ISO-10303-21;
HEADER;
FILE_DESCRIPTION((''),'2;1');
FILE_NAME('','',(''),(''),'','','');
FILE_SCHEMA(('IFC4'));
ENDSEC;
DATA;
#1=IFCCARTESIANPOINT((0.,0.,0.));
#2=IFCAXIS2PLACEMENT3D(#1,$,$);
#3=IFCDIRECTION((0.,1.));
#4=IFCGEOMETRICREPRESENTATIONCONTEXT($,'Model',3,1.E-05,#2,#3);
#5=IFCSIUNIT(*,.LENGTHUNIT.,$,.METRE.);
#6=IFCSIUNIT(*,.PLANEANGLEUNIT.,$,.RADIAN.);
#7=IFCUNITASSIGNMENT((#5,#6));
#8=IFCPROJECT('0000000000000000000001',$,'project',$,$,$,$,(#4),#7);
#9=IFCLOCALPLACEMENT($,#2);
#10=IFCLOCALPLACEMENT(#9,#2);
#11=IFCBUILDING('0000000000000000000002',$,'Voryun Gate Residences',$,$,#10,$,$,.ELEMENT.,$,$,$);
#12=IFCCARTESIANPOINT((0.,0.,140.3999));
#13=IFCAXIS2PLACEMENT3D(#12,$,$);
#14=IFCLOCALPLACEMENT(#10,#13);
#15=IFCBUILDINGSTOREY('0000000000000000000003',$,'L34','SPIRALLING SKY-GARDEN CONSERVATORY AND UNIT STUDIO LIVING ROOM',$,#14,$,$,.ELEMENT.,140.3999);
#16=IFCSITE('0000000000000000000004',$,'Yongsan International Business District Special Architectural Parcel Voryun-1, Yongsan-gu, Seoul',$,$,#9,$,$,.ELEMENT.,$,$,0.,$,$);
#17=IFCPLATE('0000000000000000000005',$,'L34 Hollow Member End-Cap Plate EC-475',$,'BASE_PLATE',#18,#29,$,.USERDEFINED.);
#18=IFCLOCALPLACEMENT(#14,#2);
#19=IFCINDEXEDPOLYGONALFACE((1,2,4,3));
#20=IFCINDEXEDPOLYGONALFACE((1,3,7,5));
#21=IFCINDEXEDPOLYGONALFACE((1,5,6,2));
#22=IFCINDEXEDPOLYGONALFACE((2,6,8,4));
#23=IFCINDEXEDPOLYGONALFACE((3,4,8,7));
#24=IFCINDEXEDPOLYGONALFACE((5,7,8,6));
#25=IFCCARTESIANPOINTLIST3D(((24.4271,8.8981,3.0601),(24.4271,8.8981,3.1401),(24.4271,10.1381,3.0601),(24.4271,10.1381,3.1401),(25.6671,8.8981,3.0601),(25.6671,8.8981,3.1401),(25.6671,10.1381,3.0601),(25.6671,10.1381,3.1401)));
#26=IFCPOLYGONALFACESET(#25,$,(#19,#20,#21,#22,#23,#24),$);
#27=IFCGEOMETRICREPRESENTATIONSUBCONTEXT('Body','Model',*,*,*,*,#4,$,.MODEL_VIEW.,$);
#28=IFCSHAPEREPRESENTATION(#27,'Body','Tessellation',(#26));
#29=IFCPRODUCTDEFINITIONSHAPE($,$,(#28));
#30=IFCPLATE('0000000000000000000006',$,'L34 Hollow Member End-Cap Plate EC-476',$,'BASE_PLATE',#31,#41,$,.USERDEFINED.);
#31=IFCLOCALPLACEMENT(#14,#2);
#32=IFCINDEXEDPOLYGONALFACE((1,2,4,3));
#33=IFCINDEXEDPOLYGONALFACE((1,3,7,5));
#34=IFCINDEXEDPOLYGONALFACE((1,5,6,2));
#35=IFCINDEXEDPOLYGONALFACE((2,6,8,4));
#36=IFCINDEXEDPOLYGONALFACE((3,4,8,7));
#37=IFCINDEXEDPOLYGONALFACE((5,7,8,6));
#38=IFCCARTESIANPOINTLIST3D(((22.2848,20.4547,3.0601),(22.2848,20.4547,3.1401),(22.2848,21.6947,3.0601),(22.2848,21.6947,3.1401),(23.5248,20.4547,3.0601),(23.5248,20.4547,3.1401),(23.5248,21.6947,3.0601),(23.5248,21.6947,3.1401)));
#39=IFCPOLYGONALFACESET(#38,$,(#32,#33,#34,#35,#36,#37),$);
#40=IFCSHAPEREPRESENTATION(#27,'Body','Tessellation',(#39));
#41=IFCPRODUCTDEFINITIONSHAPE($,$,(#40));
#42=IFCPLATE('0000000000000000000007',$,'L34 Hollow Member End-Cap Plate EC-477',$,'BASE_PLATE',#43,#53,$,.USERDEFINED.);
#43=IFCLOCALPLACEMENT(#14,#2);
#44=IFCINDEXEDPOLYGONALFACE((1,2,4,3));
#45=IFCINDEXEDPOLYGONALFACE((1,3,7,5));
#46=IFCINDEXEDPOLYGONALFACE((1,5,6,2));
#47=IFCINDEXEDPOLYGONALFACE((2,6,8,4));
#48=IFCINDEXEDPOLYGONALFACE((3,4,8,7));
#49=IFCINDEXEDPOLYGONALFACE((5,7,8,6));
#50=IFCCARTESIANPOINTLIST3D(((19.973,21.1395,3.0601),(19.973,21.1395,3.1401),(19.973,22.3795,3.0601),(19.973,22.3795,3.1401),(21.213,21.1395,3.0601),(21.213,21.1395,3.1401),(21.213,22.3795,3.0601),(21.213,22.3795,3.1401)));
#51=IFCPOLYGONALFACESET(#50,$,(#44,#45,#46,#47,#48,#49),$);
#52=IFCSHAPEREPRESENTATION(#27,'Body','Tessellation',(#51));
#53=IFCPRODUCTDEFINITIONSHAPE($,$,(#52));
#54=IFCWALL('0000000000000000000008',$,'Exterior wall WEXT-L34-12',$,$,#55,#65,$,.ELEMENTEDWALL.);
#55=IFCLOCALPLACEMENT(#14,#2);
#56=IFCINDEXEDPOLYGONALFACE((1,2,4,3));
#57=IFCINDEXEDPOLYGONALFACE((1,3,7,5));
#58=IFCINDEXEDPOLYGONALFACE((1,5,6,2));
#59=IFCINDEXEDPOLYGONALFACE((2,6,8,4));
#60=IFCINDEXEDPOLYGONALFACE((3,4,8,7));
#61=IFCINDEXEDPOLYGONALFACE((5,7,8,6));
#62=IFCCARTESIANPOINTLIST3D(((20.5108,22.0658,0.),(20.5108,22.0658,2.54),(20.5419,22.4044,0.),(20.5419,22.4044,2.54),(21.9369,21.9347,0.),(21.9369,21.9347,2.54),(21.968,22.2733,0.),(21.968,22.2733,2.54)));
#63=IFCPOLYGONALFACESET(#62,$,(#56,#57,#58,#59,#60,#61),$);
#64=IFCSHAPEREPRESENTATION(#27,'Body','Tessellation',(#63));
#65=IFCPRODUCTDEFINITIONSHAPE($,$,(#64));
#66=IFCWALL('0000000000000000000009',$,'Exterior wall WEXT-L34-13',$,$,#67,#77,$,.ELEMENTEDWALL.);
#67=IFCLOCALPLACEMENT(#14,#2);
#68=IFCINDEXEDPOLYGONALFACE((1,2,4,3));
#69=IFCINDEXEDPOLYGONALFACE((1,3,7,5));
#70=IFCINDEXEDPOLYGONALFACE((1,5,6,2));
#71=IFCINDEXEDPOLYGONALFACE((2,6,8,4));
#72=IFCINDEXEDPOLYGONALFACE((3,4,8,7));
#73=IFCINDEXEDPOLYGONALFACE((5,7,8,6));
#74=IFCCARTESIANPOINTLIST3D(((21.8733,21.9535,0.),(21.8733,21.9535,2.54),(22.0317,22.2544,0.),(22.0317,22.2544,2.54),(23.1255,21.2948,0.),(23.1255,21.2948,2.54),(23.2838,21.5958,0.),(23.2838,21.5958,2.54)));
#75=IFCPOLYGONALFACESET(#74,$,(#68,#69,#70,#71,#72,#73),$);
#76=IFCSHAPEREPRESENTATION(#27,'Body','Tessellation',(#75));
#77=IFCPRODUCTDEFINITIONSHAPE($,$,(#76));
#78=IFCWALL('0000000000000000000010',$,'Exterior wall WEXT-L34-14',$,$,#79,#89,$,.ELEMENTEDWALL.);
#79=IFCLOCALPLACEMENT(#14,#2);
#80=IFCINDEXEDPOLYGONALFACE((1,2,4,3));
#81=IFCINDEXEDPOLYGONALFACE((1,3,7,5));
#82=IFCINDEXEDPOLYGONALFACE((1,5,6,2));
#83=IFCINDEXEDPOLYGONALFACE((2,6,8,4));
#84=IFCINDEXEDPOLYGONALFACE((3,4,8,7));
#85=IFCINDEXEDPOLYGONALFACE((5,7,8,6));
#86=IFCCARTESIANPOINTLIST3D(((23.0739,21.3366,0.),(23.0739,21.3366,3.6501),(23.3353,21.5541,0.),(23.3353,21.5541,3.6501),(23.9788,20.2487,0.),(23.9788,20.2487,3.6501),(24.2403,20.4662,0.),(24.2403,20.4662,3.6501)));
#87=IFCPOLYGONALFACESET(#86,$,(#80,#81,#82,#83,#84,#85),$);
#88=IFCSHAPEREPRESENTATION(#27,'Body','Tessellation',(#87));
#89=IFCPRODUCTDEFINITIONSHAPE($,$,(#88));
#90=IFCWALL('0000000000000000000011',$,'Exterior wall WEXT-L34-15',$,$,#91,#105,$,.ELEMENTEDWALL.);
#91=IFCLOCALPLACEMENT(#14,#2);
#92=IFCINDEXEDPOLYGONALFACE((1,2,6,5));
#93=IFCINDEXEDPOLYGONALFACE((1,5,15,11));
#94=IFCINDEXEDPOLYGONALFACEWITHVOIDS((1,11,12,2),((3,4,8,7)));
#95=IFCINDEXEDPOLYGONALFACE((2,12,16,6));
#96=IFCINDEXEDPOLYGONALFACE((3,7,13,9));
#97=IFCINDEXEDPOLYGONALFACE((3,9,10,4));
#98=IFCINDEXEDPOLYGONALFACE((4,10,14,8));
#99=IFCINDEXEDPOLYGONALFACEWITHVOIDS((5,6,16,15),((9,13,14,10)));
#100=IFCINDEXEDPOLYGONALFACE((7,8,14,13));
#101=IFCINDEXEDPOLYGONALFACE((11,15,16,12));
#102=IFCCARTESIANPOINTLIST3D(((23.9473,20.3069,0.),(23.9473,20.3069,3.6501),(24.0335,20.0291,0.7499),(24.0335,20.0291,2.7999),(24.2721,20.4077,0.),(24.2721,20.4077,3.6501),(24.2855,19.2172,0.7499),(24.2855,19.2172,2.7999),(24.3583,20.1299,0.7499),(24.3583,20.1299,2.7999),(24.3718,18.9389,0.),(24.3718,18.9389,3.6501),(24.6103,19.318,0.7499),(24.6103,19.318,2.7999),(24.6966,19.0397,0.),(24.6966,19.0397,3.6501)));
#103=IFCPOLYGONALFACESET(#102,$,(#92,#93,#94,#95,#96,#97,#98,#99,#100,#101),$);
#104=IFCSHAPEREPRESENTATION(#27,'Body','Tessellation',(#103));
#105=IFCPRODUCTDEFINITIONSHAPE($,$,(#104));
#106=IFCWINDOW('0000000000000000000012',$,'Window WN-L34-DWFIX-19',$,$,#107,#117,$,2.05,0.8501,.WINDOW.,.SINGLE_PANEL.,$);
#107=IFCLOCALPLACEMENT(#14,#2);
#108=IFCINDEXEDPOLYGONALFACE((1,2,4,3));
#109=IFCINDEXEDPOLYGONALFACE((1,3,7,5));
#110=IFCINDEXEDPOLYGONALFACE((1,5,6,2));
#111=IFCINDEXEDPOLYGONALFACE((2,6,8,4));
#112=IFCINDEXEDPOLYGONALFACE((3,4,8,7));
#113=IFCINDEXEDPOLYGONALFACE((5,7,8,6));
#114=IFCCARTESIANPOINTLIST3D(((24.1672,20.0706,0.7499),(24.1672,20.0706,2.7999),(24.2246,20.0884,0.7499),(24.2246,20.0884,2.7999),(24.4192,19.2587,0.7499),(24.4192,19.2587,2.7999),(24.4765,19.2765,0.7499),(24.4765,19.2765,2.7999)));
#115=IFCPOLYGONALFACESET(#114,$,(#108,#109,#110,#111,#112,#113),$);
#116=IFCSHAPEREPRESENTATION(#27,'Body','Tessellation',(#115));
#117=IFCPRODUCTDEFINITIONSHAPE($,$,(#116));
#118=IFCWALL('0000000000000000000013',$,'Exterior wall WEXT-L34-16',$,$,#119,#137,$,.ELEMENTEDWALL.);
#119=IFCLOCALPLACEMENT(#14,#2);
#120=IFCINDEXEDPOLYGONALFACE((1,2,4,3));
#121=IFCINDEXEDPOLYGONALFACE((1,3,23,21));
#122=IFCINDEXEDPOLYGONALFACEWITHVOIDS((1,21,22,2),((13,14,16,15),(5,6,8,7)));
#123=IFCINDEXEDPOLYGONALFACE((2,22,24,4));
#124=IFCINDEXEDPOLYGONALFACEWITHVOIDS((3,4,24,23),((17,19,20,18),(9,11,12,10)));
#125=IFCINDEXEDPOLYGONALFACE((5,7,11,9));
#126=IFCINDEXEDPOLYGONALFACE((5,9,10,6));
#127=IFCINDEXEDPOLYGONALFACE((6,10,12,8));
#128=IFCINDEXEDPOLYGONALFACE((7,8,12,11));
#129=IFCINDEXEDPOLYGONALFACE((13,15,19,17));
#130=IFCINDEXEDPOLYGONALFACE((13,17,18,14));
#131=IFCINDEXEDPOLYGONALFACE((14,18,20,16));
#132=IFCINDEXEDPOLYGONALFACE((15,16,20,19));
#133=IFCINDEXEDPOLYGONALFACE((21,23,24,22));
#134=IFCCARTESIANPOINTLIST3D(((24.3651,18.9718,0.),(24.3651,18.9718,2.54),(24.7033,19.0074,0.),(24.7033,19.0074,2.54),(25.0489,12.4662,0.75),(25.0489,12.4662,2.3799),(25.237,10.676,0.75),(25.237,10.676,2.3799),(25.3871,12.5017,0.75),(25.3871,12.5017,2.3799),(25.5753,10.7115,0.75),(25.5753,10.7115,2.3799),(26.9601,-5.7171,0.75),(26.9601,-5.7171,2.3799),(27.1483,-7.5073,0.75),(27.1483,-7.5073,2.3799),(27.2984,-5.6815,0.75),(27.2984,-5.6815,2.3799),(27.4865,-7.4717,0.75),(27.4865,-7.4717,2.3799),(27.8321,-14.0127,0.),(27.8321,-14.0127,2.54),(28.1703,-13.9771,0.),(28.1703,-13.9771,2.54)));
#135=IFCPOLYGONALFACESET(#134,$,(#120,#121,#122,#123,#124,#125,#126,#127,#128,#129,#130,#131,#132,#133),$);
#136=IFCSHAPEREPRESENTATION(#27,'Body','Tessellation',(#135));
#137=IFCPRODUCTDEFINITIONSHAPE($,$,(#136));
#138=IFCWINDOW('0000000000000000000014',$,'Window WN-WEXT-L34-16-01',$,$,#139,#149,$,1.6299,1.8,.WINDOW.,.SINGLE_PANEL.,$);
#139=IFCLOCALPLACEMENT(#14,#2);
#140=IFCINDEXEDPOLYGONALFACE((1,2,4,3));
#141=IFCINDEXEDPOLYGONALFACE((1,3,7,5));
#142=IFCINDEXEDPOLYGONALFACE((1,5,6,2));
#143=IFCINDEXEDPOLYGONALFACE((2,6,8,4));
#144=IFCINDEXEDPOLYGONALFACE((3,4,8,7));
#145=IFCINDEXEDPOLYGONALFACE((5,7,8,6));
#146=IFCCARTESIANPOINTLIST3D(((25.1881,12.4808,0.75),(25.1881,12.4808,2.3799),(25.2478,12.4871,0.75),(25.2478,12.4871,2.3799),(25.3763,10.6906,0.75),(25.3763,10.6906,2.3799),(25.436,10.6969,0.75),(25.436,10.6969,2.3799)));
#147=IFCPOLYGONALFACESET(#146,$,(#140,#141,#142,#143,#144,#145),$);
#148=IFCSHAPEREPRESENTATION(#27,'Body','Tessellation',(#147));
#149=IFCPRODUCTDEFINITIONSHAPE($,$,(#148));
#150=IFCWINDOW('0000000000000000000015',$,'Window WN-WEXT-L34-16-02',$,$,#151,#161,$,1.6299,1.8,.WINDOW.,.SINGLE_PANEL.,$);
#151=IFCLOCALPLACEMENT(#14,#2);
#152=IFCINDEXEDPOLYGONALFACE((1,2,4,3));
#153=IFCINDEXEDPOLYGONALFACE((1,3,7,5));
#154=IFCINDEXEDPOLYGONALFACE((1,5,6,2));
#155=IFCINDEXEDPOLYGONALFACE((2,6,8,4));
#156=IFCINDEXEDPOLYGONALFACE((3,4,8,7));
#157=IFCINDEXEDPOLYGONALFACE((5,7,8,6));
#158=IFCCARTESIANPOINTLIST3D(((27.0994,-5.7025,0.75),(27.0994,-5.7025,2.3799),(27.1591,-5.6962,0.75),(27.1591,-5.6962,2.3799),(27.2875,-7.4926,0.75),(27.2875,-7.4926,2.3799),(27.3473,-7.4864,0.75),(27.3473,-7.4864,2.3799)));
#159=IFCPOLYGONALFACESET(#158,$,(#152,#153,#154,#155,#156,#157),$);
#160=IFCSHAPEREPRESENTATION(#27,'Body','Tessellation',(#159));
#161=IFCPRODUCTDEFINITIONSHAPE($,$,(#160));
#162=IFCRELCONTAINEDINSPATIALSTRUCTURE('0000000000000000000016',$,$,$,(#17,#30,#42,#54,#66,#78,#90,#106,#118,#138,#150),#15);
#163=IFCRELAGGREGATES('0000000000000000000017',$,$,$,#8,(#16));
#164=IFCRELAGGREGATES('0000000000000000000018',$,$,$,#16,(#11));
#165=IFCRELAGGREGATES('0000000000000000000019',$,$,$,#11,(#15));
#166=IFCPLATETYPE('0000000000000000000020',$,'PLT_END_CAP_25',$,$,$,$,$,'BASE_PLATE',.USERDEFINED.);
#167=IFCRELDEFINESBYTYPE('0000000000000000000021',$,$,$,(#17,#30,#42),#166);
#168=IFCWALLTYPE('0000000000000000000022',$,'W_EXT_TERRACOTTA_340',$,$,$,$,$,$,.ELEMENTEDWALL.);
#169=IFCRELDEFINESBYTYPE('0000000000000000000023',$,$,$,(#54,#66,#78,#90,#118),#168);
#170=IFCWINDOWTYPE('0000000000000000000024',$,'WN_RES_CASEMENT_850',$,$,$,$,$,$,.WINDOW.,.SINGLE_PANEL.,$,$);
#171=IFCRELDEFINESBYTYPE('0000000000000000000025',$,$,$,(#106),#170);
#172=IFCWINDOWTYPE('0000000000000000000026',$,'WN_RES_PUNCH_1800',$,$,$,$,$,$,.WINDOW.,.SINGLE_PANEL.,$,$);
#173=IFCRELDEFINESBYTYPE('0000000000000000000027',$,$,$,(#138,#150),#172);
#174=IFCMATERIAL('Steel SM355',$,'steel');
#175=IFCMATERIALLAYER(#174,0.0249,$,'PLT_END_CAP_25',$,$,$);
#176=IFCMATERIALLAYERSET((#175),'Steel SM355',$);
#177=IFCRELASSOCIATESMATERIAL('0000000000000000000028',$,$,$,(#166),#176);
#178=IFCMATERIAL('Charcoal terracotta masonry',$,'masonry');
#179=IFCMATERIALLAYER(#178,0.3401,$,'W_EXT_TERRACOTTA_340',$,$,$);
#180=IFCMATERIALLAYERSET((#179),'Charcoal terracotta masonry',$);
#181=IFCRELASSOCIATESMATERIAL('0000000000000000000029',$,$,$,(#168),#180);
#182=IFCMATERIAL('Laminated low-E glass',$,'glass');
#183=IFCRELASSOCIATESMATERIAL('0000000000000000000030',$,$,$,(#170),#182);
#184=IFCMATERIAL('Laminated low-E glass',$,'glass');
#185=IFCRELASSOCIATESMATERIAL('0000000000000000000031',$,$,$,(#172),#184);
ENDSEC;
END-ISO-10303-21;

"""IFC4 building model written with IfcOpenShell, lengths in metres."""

from ifc_helpers import new_model, si_unit, direction, frame, frame_2d, origin, origin_2d, place, context, subcontext, project, spatial, rectangle, extrude, material, layer, layer_set, type_object, element, fill, save


model = new_model("IFC4")

# Units and contexts
model_context = context("Model", 3, precision=1e-05, world=origin(), true_north=direction((0.0, 1.0)))
body_context = subcontext(model_context, "Body", "Model", "MODEL_VIEW")
ifc_project = project(units=[si_unit("LENGTHUNIT", "METRE"), si_unit("PLANEANGLEUNIT", "RADIAN")], contexts=[model_context])

# Site, building, storey
site_placement = place(None, origin())
site = spatial("IfcSite", under=ifc_project, at=site_placement, Name="Yongsan International Business District Special Architectural Parcel Voryun-1, Yongsan-gu, Seoul", CompositionType="ELEMENT", RefElevation=0.0)
building_placement = place(site_placement, origin())
building = spatial("IfcBuilding", under=site, at=building_placement, Name="Voryun Gate Residences", CompositionType="ELEMENT")
storey_placement = place(building_placement, frame((0.0, 0.0, 140.3999)))
storey = spatial("IfcBuildingStorey", under=building, at=storey_placement, Name="L34", Description="SPIRALLING SKY-GARDEN CONSERVATORY AND UNIT STUDIO LIVING ROOM", CompositionType="ELEMENT", Elevation=140.3999)

# Plates
ifc_material_1 = material(Name="Steel SM355", Category="steel")
ifc_layer_1 = layer(ifc_material_1, 0.0249, Name="PLT_END_CAP_25")
ifc_layer_set_1 = layer_set([ifc_layer_1], Name="Steel SM355")
plate_type = type_object("IfcPlateType", Name="PLT_END_CAP_25", ElementType="BASE_PLATE", PredefinedType="USERDEFINED", material=ifc_layer_set_1)
for number, where, z_axis, x_axis, name in (
    (1, (25.0471, 9.5181, 3.0601), (0.0, 0.0, 1.0), (1.0, 0.0, 0.0), "L34 Hollow Member End-Cap Plate EC-475"),
    (2, (22.9048, 21.0747, 3.0601), (0.0, 0.0, 1.0), (1.0, 0.0, 0.0), "L34 Hollow Member End-Cap Plate EC-476"),
    (3, (20.593, 21.7595, 3.0601), (0.0, 0.0, 1.0), (1.0, 0.0, 0.0), "L34 Hollow Member End-Cap Plate EC-477"),
):
    element("IfcPlate", number, at=place(storey_placement, frame(where, z_axis=z_axis, x_axis=x_axis)), inside=storey, type_object=plate_type, Name=name, ObjectType="BASE_PLATE", PredefinedType="USERDEFINED", context=body_context, shape_type="SweptSolid", body=[
        extrude(rectangle(XDim=1.24, YDim=1.24, at=origin_2d()), origin(), (0.0, 0.0, 1.0), 0.0801),
    ])

# Walls
ifc_material_2 = material(Name="Charcoal terracotta masonry", Category="masonry")
ifc_layer_2 = layer(ifc_material_2, 0.3401, Name="W_EXT_TERRACOTTA_340")
ifc_layer_set_2 = layer_set([ifc_layer_2], Name="Charcoal terracotta masonry")
wall_type_1 = type_object("IfcWallType", Name="W_EXT_TERRACOTTA_340", PredefinedType="ELEMENTEDWALL", material=ifc_layer_set_2)
wall_1_placement = place(storey_placement, frame((20.5264, 22.2351, 0.0), z_axis=(0.0, 0.0, 1.0), x_axis=(0.9958, -0.09155, 0.0)))
element("IfcWall", 4, at=wall_1_placement, inside=storey, type_object=wall_type_1, Name="Exterior wall WEXT-L34-12", PredefinedType="ELEMENTEDWALL", context=body_context, shape_type="SweptSolid", body=[
    extrude(rectangle(XDim=1.4321, YDim=0.3401, at=frame_2d((0.7161, 0.0))), origin(), (0.0, 0.0, 1.0), 2.54),
])
wall_2_placement = place(storey_placement, frame((21.9524, 22.104, 0.0), z_axis=(0.0, 0.0, 1.0), x_axis=(0.885023, -0.465547, 0.0)))
element("IfcWall", 5, at=wall_2_placement, inside=storey, type_object=wall_type_1, Name="Exterior wall WEXT-L34-13", PredefinedType="ELEMENTEDWALL", context=body_context, shape_type="SweptSolid", body=[
    extrude(rectangle(XDim=1.4148, YDim=0.3401, at=frame_2d((0.7075, 0.0))), origin(), (0.0, 0.0, 1.0), 2.54),
])
wall_3_placement = place(storey_placement, frame((23.2046, 21.4453, 0.0), z_axis=(0.0, 0.0, 1.0), x_axis=(0.639539, -0.768758, 0.0)))
element("IfcWall", 6, at=wall_3_placement, inside=storey, type_object=wall_type_1, Name="Exterior wall WEXT-L34-14", PredefinedType="ELEMENTEDWALL", context=body_context, shape_type="SweptSolid", body=[
    extrude(rectangle(XDim=1.415, YDim=0.3401, at=frame_2d((0.7075, 0.0))), origin(), (0.0, 0.0, 1.0), 3.6501),
])

# Wall, opening, window
wall_4_placement = place(storey_placement, frame((24.1096, 20.3574, 0.0), z_axis=(0.0, 0.0, 1.0), x_axis=(0.296421, -0.955057, 0.0)))
wall_4 = element("IfcWall", 7, at=wall_4_placement, inside=storey, type_object=wall_type_1, Name="Exterior wall WEXT-L34-15", PredefinedType="ELEMENTEDWALL", context=body_context, shape_type="SweptSolid", body=[
    extrude(rectangle(XDim=1.4324, YDim=0.3401, at=frame_2d((0.7163, 0.0))), origin(), (0.0, 0.0, 1.0), 3.6501),
])
opening_1_placement = place(wall_4_placement, frame((0.291, 0.0, 0.75)))
opening_1 = element("IfcOpeningElement", 8, at=opening_1_placement, cuts=wall_4, PredefinedType="OPENING", context=body_context, shape_type="SweptSolid", body=[
    extrude(rectangle(XDim=0.8501, YDim=2.05, at=frame_2d((0.425, 1.0249))), frame((0.0, 0.1799, 0.0), z_axis=(0.0, -1.0, 0.0), x_axis=(1.0, 0.0, 0.0)), (0.0, 0.0, 1.0), 0.3601),
])
ifc_material_3 = material(Name="Laminated low-E glass", Category="glass")
window_type_1 = type_object("IfcWindowType", Name="WN_RES_CASEMENT_850", PartitioningType="SINGLE_PANEL", PredefinedType="WINDOW", material=ifc_material_3)
window_1_placement = place(opening_1_placement, origin())
window_1 = element("IfcWindow", 9, at=window_1_placement, inside=storey, type_object=window_type_1, Name="Window WN-L34-DWFIX-19", OverallHeight=2.05, OverallWidth=0.8501, PartitioningType="SINGLE_PANEL", PredefinedType="WINDOW", context=body_context, shape_type="SweptSolid", body=[
    extrude(rectangle(XDim=0.8501, YDim=2.05, at=frame_2d((0.425, 1.0249))), frame((0.0, 0.03, 0.0), z_axis=(0.0, -1.0, 0.0), x_axis=(1.0, 0.0, 0.0)), (0.0, 0.0, 1.0), 0.0601),
])
fill(opening_1, window_1)

# Wall, openings, windows
wall_5_placement = place(storey_placement, frame((24.5342, 18.9895, 0.0), z_axis=(0.0, 0.0, 1.0), x_axis=(0.104535, -0.994521, 0.0)))
wall_5 = element("IfcWall", 10, at=wall_5_placement, inside=storey, type_object=wall_type_1, Name="Exterior wall WEXT-L34-16", PredefinedType="ELEMENTEDWALL", context=body_context, shape_type="SweptSolid", body=[
    extrude(rectangle(XDim=33.1663, YDim=0.3401, at=frame_2d((16.583, 0.0))), origin(), (0.0, 0.0, 1.0), 2.54),
])
opening_2_placement = place(wall_5_placement, frame((6.5415, 0.0, 0.75)))
opening_2 = element("IfcOpeningElement", 11, at=opening_2_placement, cuts=wall_5, PredefinedType="OPENING", context=body_context, shape_type="SweptSolid", body=[
    extrude(rectangle(XDim=1.8, YDim=1.6299, at=frame_2d((0.8999, 0.8149))), frame((0.0, 0.1799, 0.0), z_axis=(0.0, -1.0, 0.0), x_axis=(1.0, 0.0, 0.0)), (0.0, 0.0, 1.0), 0.3601),
])
opening_3_placement = place(wall_5_placement, frame((24.825, 0.0, 0.75)))
opening_3 = element("IfcOpeningElement", 12, at=opening_3_placement, cuts=wall_5, PredefinedType="OPENING", context=body_context, shape_type="SweptSolid", body=[
    extrude(rectangle(XDim=1.8, YDim=1.6299, at=frame_2d((0.8999, 0.8149))), frame((0.0, 0.1799, 0.0), z_axis=(0.0, -1.0, 0.0), x_axis=(1.0, 0.0, 0.0)), (0.0, 0.0, 1.0), 0.3601),
])
ifc_material_4 = material(Name="Laminated low-E glass", Category="glass")
window_type_2 = type_object("IfcWindowType", Name="WN_RES_PUNCH_1800", PartitioningType="SINGLE_PANEL", PredefinedType="WINDOW", material=ifc_material_4)
window_2_placement = place(opening_2_placement, origin())
window_2 = element("IfcWindow", 13, at=window_2_placement, inside=storey, type_object=window_type_2, Name="Window WN-WEXT-L34-16-01", OverallHeight=1.6299, OverallWidth=1.8, PartitioningType="SINGLE_PANEL", PredefinedType="WINDOW", context=body_context, shape_type="SweptSolid", body=[
    extrude(rectangle(XDim=1.8, YDim=1.6299, at=frame_2d((0.8999, 0.8149))), frame((0.0, 0.03, 0.0), z_axis=(0.0, -1.0, 0.0), x_axis=(1.0, 0.0, 0.0)), (0.0, 0.0, 1.0), 0.0601),
])
fill(opening_2, window_2)
window_3_placement = place(opening_3_placement, origin())
window_3 = element("IfcWindow", 14, at=window_3_placement, inside=storey, type_object=window_type_2, Name="Window WN-WEXT-L34-16-02", OverallHeight=1.6299, OverallWidth=1.8, PartitioningType="SINGLE_PANEL", PredefinedType="WINDOW", context=body_context, shape_type="SweptSolid", body=[
    extrude(rectangle(XDim=1.8, YDim=1.6299, at=frame_2d((0.8999, 0.8149))), frame((0.0, 0.03, 0.0), z_axis=(0.0, -1.0, 0.0), x_axis=(1.0, 0.0, 0.0)), (0.0, 0.0, 1.0), 0.0601),
])
fill(opening_3, window_3)

save(model, "model.ifc")
